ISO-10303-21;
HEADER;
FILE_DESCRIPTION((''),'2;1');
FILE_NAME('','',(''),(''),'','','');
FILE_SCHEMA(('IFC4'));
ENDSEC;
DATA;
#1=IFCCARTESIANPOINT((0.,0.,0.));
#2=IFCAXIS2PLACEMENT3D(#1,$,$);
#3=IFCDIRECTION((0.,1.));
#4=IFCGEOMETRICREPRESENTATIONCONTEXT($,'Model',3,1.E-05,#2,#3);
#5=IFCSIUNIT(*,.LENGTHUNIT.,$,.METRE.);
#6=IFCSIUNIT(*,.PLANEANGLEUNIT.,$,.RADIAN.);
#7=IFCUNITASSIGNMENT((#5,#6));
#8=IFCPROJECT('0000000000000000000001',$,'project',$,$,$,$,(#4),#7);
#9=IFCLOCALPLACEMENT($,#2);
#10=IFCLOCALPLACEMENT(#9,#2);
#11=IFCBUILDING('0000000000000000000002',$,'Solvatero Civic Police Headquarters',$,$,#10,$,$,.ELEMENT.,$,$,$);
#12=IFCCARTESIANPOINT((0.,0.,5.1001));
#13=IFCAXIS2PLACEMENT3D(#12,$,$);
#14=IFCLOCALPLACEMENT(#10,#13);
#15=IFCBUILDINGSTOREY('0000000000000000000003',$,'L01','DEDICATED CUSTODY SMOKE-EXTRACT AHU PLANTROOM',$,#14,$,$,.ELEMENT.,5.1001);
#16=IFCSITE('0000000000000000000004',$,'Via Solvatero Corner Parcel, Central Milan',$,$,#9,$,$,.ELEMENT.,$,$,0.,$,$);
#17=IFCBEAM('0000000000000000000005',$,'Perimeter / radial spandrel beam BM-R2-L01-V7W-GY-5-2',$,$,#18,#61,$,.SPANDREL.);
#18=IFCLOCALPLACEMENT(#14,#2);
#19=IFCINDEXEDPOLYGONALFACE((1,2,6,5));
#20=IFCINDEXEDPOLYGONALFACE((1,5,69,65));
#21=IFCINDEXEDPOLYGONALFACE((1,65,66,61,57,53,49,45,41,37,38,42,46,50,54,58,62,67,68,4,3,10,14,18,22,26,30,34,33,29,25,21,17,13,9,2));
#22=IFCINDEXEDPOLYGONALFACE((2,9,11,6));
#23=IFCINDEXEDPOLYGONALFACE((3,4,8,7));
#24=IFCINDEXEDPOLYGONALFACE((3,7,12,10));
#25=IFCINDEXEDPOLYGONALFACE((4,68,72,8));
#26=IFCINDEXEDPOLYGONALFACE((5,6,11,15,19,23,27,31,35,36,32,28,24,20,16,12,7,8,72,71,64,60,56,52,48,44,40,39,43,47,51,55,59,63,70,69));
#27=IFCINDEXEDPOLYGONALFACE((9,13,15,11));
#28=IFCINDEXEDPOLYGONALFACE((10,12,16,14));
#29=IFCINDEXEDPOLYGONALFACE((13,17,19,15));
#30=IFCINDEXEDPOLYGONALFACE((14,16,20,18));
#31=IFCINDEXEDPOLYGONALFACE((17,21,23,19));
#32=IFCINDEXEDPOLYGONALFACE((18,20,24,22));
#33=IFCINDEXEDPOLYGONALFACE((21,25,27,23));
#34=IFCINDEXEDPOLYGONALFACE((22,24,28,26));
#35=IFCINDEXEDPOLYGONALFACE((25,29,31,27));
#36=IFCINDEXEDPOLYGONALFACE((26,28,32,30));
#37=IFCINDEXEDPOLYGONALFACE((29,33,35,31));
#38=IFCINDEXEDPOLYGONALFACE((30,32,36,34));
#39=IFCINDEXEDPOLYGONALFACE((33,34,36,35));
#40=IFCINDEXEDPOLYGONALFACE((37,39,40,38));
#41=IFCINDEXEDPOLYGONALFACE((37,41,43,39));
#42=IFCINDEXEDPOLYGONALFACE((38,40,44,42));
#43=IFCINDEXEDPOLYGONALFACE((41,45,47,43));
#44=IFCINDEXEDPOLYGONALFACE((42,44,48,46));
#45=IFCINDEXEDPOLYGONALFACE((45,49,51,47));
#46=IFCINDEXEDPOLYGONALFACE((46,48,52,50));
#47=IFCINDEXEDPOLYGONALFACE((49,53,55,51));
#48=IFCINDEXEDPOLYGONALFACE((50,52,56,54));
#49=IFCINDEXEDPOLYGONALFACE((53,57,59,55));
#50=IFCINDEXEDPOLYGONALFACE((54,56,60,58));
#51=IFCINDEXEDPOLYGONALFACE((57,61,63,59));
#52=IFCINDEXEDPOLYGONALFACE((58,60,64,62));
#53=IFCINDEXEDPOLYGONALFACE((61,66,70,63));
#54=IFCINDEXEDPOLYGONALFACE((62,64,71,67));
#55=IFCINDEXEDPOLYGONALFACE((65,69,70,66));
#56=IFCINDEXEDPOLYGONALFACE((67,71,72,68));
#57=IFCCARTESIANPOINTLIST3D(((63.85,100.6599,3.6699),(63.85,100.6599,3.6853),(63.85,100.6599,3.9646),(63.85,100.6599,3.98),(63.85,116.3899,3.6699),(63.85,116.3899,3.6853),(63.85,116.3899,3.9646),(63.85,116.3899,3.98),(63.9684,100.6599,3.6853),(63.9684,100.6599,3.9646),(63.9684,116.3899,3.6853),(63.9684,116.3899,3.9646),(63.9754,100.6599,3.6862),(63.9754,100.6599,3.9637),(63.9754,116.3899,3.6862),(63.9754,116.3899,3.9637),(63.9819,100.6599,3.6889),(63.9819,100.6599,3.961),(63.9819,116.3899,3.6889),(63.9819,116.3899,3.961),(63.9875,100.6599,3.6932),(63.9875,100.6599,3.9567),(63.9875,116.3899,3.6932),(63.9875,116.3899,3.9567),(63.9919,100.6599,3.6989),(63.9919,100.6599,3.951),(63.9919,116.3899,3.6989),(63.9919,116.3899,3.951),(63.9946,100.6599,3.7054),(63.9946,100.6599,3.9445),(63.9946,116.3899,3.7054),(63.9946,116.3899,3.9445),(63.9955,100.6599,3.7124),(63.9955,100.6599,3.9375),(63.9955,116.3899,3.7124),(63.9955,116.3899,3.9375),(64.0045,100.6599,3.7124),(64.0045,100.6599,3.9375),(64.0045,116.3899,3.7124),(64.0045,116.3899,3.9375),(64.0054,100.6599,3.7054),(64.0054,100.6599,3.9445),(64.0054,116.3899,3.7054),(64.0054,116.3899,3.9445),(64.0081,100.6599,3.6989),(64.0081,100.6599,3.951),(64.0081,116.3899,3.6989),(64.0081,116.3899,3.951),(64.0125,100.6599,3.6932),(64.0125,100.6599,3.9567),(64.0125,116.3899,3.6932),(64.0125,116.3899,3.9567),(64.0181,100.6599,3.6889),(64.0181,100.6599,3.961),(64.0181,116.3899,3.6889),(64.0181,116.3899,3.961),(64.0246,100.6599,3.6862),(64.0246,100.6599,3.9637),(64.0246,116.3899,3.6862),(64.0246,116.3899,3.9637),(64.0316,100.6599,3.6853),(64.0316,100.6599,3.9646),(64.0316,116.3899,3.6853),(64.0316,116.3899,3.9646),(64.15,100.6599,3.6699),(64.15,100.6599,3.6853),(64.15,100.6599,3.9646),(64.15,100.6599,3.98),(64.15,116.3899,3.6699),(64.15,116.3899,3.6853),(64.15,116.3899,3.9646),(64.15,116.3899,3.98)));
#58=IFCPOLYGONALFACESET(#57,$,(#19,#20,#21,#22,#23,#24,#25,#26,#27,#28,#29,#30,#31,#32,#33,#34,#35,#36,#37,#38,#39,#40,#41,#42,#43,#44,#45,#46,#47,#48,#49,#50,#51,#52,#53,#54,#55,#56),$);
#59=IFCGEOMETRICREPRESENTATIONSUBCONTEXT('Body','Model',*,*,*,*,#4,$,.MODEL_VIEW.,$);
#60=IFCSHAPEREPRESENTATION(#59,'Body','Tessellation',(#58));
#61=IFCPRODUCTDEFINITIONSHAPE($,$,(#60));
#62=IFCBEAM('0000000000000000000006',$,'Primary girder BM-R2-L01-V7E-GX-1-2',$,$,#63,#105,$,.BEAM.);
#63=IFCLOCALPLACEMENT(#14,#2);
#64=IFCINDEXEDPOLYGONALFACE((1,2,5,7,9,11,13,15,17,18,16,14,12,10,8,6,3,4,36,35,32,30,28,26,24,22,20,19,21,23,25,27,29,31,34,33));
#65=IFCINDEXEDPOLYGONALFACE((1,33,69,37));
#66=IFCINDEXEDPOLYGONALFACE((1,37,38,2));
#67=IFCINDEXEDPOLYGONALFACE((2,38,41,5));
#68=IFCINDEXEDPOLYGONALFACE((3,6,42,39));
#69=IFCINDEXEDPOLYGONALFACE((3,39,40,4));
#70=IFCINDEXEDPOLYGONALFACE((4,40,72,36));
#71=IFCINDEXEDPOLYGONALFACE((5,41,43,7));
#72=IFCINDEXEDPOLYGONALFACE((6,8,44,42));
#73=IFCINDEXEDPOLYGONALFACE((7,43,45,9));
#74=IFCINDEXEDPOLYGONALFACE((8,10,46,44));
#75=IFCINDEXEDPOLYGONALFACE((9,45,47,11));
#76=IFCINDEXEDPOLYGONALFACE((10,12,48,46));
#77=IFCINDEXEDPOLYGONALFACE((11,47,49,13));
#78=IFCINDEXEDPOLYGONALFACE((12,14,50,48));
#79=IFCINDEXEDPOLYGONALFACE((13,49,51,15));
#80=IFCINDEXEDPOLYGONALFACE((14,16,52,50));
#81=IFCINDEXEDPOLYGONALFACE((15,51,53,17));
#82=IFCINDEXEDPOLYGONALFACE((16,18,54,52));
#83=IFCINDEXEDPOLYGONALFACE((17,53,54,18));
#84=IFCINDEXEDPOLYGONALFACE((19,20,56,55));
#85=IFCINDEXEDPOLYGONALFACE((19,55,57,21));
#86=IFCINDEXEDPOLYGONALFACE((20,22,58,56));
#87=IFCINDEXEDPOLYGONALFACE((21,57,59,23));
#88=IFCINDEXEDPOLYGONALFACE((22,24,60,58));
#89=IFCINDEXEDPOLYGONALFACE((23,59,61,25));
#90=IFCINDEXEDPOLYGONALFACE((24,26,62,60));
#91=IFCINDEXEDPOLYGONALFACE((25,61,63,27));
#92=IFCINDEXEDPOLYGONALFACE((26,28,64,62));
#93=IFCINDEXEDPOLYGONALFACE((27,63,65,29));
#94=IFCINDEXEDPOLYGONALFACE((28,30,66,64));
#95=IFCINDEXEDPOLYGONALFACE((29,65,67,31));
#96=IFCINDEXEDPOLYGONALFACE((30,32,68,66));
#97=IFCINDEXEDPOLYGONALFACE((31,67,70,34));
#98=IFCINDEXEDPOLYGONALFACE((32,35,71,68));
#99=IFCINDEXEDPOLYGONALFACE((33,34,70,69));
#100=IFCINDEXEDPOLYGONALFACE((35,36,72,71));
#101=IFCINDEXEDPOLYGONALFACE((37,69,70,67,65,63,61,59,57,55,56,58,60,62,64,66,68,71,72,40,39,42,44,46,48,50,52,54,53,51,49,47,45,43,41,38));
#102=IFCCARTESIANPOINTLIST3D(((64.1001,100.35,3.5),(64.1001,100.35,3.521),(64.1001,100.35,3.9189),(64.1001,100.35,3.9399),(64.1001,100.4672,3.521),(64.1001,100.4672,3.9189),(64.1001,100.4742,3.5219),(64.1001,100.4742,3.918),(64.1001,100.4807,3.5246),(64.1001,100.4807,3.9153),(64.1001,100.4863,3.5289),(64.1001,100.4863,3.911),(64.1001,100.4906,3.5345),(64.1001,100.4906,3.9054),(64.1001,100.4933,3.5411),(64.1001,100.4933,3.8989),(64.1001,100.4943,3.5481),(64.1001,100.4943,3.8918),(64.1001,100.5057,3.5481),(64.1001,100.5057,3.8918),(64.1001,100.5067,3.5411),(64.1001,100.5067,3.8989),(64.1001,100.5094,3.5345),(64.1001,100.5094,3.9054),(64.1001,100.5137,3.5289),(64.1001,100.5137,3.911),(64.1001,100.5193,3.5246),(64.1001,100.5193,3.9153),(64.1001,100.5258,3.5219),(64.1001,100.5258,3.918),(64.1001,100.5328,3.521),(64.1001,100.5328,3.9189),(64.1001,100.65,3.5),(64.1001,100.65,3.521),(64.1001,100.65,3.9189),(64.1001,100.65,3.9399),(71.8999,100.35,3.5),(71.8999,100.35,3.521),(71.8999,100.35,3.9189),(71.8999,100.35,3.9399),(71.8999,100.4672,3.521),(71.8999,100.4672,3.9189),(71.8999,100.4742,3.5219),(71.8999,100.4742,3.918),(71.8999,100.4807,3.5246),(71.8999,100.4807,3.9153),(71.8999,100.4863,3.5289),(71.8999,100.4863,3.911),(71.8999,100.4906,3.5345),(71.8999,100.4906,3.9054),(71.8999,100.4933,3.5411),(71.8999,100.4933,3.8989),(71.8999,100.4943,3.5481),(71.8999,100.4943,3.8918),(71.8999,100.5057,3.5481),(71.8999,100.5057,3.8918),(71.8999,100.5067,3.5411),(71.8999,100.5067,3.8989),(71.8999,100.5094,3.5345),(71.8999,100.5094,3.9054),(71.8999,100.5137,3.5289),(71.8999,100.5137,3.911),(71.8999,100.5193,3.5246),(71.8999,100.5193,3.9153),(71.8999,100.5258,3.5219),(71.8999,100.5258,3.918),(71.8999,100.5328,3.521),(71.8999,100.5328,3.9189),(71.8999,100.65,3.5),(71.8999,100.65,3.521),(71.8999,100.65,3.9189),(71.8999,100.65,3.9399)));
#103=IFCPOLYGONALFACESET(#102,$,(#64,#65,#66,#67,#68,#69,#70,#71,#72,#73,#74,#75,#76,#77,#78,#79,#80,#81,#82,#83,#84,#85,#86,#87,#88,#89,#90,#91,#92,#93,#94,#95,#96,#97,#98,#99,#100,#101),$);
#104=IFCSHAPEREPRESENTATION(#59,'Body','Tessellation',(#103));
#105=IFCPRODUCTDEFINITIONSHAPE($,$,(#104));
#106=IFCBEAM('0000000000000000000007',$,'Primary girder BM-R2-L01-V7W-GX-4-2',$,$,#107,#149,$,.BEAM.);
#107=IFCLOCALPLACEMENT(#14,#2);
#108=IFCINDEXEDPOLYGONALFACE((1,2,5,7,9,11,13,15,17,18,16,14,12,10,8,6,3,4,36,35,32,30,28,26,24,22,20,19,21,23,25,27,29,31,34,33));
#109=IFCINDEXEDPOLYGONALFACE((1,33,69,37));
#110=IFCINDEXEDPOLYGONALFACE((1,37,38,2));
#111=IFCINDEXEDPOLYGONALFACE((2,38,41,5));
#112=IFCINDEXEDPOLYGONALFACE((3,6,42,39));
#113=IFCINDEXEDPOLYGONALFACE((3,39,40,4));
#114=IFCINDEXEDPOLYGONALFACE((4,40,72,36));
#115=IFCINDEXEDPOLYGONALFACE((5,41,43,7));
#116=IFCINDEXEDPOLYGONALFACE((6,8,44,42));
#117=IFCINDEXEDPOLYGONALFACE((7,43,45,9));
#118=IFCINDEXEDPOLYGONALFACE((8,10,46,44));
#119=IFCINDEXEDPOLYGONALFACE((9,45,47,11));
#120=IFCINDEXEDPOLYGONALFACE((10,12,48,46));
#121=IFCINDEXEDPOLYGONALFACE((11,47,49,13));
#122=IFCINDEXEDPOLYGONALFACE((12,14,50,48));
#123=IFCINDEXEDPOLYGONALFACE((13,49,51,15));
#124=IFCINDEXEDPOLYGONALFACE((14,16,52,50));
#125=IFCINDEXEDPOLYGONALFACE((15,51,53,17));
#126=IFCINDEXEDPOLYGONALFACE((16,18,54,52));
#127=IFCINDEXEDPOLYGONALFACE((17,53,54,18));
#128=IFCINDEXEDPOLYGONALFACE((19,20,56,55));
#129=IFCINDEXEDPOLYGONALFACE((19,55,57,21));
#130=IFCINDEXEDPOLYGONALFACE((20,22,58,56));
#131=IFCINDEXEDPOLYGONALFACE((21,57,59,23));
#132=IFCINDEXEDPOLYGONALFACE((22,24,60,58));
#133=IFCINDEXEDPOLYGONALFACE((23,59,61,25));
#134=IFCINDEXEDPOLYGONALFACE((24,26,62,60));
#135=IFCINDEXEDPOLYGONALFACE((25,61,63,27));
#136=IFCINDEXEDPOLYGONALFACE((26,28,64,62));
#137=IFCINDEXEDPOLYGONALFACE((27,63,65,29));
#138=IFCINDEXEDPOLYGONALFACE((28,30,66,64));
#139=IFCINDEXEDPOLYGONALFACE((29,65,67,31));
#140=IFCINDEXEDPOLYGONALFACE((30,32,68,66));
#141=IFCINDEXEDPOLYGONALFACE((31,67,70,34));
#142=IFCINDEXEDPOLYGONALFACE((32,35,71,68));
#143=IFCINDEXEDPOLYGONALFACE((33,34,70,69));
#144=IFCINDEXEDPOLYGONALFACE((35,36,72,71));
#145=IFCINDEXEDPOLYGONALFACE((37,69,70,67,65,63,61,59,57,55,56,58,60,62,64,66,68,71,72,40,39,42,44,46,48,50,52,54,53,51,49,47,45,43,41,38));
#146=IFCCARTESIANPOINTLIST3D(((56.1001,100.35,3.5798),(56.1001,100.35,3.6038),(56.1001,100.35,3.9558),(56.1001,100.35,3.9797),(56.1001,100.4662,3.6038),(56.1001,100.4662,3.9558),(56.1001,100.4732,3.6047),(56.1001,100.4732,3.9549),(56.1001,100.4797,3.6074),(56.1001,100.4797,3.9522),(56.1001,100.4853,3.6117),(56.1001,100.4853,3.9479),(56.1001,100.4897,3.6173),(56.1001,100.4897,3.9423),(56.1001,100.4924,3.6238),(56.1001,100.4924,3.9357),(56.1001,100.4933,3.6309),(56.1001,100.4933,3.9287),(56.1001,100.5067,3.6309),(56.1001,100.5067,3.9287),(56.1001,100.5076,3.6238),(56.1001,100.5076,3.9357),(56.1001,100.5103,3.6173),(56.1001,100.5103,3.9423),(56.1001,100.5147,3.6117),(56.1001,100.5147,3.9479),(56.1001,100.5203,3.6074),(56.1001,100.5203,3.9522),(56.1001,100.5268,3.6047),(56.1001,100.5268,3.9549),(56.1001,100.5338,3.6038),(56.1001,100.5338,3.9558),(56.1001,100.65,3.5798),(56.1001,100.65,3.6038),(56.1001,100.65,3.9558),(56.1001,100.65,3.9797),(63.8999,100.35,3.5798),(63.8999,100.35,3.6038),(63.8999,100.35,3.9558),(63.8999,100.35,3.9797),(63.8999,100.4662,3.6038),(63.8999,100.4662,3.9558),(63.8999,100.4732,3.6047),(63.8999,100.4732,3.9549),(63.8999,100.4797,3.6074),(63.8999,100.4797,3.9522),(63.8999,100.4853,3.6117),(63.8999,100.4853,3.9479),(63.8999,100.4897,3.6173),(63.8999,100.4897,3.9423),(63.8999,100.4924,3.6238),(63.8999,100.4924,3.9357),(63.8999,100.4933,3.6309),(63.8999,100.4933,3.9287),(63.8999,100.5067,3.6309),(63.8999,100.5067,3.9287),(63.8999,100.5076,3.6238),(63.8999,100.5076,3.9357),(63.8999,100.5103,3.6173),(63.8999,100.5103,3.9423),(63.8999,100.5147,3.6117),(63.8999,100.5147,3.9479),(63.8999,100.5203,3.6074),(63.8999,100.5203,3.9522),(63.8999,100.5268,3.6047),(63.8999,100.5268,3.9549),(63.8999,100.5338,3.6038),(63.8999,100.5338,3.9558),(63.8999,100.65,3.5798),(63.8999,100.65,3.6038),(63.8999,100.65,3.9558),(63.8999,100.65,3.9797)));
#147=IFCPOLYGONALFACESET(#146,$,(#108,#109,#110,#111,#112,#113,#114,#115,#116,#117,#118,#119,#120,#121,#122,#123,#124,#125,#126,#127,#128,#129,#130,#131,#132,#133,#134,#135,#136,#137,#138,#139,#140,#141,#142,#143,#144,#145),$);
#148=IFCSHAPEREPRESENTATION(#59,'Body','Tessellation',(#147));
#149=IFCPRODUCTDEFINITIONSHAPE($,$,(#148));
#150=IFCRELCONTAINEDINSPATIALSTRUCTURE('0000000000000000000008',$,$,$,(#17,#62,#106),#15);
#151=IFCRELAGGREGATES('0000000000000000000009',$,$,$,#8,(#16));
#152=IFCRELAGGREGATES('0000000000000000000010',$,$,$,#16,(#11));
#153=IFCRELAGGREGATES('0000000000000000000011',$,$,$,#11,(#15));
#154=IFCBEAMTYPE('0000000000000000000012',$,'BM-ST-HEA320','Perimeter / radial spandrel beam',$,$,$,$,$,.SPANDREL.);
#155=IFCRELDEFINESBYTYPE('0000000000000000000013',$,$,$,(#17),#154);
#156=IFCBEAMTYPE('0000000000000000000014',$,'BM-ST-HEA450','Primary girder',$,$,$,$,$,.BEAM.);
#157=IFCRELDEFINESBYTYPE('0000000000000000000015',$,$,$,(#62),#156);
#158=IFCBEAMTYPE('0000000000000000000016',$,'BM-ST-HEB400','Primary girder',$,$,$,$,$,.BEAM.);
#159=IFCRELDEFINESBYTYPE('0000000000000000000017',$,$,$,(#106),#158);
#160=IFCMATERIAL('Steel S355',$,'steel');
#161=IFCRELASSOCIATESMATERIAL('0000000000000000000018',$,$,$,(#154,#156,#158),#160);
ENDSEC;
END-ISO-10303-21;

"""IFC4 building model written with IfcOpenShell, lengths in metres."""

from ifc_helpers import new_model, si_unit, direction, frame, origin, origin_2d, place, context, subcontext, project, spatial, i_section, extrude, material, material_profile, profile_set, type_object, element, save


model = new_model("IFC4")

# Units and contexts
model_context = context("Model", 3, precision=1e-05, world=origin(), true_north=direction((0.0, 1.0)))
body_context = subcontext(model_context, "Body", "Model", "MODEL_VIEW")
ifc_project = project(units=[si_unit("LENGTHUNIT", "METRE"), si_unit("PLANEANGLEUNIT", "RADIAN")], contexts=[model_context])

# Site, building, storey
site_placement = place(None, origin())
site = spatial("IfcSite", under=ifc_project, at=site_placement, Name="Via Solvatero Corner Parcel, Central Milan", CompositionType="ELEMENT", RefElevation=0.0)
building_placement = place(site_placement, origin())
building = spatial("IfcBuilding", under=site, at=building_placement, Name="Solvatero Civic Police Headquarters", CompositionType="ELEMENT")
storey_placement = place(building_placement, frame((0.0, 0.0, 5.1001)))
storey = spatial("IfcBuildingStorey", under=building, at=storey_placement, Name="L01", Description="DEDICATED CUSTODY SMOKE-EXTRACT AHU PLANTROOM", CompositionType="ELEMENT", Elevation=5.1001)

# Shared definitions
ifc_material_1 = material(Name="Steel S355", Category="steel")

# Beams
ifc_material_profile_1 = material_profile(ifc_material_1, i_section(OverallWidth=0.3, OverallDepth=0.3101, WebThickness=0.009, FlangeThickness=0.0154, FilletRadius=0.0271, at=origin_2d()), Name="HEA 320")
ifc_profile_set_1 = profile_set([ifc_material_profile_1], Name="Steel S355")
beam_type_1 = type_object("IfcBeamType", Name="BM-ST-HEA320", Description="Perimeter / radial spandrel beam", PredefinedType="SPANDREL", material=ifc_profile_set_1)
beam_1_placement = place(storey_placement, frame((64.0, 100.6599, 3.825), z_axis=(0.0, 1.0, 0.0), x_axis=(-1.0, 0.0, 0.0)))
element("IfcBeam", 1, at=beam_1_placement, inside=storey, type_object=beam_type_1, Name="Perimeter / radial spandrel beam BM-R2-L01-V7W-GY-5-2", PredefinedType="SPANDREL", context=body_context, shape_type="SweptSolid", body=[
    extrude(i_section(OverallWidth=0.3, OverallDepth=0.3101, WebThickness=0.009, FlangeThickness=0.0154, FilletRadius=0.0271, at=origin_2d()), origin(), (0.0, 0.0, 1.0), 15.73),
])
ifc_material_profile_2 = material_profile(ifc_material_1, i_section(OverallWidth=0.3, OverallDepth=0.4399, WebThickness=0.0115, FlangeThickness=0.021, FilletRadius=0.0271, at=origin_2d()), Name="HEA 450")
ifc_profile_set_2 = profile_set([ifc_material_profile_2], Name="Steel S355")
beam_type_2 = type_object("IfcBeamType", Name="BM-ST-HEA450", Description="Primary girder", PredefinedType="BEAM", material=ifc_profile_set_2)
beam_2_placement = place(storey_placement, frame((64.1001, 100.5, 3.72), z_axis=(1.0, 0.0, 0.0), x_axis=(0.0, 1.0, 0.0)))
element("IfcBeam", 2, at=beam_2_placement, inside=storey, type_object=beam_type_2, Name="Primary girder BM-R2-L01-V7E-GX-1-2", PredefinedType="BEAM", context=body_context, shape_type="SweptSolid", body=[
    extrude(i_section(OverallWidth=0.3, OverallDepth=0.4399, WebThickness=0.0115, FlangeThickness=0.021, FilletRadius=0.0271, at=origin_2d()), origin(), (0.0, 0.0, 1.0), 7.7998),
])
ifc_material_profile_3 = material_profile(ifc_material_1, i_section(OverallWidth=0.3, OverallDepth=0.3999, WebThickness=0.0134, FlangeThickness=0.0239, FilletRadius=0.0271, at=origin_2d()), Name="HEB 400")
ifc_profile_set_3 = profile_set([ifc_material_profile_3], Name="Steel S355")
beam_type_3 = type_object("IfcBeamType", Name="BM-ST-HEB400", Description="Primary girder", PredefinedType="BEAM", material=ifc_profile_set_3)
beam_3_placement = place(storey_placement, frame((56.1001, 100.5, 3.7798), z_axis=(1.0, 0.0, 0.0), x_axis=(0.0, 1.0, 0.0)))
element("IfcBeam", 3, at=beam_3_placement, inside=storey, type_object=beam_type_3, Name="Primary girder BM-R2-L01-V7W-GX-4-2", PredefinedType="BEAM", context=body_context, shape_type="SweptSolid", body=[
    extrude(i_section(OverallWidth=0.3, OverallDepth=0.3999, WebThickness=0.0134, FlangeThickness=0.0239, FilletRadius=0.0271, at=origin_2d()), origin(), (0.0, 0.0, 1.0), 7.7998),
])

save(model, "model.ifc")
